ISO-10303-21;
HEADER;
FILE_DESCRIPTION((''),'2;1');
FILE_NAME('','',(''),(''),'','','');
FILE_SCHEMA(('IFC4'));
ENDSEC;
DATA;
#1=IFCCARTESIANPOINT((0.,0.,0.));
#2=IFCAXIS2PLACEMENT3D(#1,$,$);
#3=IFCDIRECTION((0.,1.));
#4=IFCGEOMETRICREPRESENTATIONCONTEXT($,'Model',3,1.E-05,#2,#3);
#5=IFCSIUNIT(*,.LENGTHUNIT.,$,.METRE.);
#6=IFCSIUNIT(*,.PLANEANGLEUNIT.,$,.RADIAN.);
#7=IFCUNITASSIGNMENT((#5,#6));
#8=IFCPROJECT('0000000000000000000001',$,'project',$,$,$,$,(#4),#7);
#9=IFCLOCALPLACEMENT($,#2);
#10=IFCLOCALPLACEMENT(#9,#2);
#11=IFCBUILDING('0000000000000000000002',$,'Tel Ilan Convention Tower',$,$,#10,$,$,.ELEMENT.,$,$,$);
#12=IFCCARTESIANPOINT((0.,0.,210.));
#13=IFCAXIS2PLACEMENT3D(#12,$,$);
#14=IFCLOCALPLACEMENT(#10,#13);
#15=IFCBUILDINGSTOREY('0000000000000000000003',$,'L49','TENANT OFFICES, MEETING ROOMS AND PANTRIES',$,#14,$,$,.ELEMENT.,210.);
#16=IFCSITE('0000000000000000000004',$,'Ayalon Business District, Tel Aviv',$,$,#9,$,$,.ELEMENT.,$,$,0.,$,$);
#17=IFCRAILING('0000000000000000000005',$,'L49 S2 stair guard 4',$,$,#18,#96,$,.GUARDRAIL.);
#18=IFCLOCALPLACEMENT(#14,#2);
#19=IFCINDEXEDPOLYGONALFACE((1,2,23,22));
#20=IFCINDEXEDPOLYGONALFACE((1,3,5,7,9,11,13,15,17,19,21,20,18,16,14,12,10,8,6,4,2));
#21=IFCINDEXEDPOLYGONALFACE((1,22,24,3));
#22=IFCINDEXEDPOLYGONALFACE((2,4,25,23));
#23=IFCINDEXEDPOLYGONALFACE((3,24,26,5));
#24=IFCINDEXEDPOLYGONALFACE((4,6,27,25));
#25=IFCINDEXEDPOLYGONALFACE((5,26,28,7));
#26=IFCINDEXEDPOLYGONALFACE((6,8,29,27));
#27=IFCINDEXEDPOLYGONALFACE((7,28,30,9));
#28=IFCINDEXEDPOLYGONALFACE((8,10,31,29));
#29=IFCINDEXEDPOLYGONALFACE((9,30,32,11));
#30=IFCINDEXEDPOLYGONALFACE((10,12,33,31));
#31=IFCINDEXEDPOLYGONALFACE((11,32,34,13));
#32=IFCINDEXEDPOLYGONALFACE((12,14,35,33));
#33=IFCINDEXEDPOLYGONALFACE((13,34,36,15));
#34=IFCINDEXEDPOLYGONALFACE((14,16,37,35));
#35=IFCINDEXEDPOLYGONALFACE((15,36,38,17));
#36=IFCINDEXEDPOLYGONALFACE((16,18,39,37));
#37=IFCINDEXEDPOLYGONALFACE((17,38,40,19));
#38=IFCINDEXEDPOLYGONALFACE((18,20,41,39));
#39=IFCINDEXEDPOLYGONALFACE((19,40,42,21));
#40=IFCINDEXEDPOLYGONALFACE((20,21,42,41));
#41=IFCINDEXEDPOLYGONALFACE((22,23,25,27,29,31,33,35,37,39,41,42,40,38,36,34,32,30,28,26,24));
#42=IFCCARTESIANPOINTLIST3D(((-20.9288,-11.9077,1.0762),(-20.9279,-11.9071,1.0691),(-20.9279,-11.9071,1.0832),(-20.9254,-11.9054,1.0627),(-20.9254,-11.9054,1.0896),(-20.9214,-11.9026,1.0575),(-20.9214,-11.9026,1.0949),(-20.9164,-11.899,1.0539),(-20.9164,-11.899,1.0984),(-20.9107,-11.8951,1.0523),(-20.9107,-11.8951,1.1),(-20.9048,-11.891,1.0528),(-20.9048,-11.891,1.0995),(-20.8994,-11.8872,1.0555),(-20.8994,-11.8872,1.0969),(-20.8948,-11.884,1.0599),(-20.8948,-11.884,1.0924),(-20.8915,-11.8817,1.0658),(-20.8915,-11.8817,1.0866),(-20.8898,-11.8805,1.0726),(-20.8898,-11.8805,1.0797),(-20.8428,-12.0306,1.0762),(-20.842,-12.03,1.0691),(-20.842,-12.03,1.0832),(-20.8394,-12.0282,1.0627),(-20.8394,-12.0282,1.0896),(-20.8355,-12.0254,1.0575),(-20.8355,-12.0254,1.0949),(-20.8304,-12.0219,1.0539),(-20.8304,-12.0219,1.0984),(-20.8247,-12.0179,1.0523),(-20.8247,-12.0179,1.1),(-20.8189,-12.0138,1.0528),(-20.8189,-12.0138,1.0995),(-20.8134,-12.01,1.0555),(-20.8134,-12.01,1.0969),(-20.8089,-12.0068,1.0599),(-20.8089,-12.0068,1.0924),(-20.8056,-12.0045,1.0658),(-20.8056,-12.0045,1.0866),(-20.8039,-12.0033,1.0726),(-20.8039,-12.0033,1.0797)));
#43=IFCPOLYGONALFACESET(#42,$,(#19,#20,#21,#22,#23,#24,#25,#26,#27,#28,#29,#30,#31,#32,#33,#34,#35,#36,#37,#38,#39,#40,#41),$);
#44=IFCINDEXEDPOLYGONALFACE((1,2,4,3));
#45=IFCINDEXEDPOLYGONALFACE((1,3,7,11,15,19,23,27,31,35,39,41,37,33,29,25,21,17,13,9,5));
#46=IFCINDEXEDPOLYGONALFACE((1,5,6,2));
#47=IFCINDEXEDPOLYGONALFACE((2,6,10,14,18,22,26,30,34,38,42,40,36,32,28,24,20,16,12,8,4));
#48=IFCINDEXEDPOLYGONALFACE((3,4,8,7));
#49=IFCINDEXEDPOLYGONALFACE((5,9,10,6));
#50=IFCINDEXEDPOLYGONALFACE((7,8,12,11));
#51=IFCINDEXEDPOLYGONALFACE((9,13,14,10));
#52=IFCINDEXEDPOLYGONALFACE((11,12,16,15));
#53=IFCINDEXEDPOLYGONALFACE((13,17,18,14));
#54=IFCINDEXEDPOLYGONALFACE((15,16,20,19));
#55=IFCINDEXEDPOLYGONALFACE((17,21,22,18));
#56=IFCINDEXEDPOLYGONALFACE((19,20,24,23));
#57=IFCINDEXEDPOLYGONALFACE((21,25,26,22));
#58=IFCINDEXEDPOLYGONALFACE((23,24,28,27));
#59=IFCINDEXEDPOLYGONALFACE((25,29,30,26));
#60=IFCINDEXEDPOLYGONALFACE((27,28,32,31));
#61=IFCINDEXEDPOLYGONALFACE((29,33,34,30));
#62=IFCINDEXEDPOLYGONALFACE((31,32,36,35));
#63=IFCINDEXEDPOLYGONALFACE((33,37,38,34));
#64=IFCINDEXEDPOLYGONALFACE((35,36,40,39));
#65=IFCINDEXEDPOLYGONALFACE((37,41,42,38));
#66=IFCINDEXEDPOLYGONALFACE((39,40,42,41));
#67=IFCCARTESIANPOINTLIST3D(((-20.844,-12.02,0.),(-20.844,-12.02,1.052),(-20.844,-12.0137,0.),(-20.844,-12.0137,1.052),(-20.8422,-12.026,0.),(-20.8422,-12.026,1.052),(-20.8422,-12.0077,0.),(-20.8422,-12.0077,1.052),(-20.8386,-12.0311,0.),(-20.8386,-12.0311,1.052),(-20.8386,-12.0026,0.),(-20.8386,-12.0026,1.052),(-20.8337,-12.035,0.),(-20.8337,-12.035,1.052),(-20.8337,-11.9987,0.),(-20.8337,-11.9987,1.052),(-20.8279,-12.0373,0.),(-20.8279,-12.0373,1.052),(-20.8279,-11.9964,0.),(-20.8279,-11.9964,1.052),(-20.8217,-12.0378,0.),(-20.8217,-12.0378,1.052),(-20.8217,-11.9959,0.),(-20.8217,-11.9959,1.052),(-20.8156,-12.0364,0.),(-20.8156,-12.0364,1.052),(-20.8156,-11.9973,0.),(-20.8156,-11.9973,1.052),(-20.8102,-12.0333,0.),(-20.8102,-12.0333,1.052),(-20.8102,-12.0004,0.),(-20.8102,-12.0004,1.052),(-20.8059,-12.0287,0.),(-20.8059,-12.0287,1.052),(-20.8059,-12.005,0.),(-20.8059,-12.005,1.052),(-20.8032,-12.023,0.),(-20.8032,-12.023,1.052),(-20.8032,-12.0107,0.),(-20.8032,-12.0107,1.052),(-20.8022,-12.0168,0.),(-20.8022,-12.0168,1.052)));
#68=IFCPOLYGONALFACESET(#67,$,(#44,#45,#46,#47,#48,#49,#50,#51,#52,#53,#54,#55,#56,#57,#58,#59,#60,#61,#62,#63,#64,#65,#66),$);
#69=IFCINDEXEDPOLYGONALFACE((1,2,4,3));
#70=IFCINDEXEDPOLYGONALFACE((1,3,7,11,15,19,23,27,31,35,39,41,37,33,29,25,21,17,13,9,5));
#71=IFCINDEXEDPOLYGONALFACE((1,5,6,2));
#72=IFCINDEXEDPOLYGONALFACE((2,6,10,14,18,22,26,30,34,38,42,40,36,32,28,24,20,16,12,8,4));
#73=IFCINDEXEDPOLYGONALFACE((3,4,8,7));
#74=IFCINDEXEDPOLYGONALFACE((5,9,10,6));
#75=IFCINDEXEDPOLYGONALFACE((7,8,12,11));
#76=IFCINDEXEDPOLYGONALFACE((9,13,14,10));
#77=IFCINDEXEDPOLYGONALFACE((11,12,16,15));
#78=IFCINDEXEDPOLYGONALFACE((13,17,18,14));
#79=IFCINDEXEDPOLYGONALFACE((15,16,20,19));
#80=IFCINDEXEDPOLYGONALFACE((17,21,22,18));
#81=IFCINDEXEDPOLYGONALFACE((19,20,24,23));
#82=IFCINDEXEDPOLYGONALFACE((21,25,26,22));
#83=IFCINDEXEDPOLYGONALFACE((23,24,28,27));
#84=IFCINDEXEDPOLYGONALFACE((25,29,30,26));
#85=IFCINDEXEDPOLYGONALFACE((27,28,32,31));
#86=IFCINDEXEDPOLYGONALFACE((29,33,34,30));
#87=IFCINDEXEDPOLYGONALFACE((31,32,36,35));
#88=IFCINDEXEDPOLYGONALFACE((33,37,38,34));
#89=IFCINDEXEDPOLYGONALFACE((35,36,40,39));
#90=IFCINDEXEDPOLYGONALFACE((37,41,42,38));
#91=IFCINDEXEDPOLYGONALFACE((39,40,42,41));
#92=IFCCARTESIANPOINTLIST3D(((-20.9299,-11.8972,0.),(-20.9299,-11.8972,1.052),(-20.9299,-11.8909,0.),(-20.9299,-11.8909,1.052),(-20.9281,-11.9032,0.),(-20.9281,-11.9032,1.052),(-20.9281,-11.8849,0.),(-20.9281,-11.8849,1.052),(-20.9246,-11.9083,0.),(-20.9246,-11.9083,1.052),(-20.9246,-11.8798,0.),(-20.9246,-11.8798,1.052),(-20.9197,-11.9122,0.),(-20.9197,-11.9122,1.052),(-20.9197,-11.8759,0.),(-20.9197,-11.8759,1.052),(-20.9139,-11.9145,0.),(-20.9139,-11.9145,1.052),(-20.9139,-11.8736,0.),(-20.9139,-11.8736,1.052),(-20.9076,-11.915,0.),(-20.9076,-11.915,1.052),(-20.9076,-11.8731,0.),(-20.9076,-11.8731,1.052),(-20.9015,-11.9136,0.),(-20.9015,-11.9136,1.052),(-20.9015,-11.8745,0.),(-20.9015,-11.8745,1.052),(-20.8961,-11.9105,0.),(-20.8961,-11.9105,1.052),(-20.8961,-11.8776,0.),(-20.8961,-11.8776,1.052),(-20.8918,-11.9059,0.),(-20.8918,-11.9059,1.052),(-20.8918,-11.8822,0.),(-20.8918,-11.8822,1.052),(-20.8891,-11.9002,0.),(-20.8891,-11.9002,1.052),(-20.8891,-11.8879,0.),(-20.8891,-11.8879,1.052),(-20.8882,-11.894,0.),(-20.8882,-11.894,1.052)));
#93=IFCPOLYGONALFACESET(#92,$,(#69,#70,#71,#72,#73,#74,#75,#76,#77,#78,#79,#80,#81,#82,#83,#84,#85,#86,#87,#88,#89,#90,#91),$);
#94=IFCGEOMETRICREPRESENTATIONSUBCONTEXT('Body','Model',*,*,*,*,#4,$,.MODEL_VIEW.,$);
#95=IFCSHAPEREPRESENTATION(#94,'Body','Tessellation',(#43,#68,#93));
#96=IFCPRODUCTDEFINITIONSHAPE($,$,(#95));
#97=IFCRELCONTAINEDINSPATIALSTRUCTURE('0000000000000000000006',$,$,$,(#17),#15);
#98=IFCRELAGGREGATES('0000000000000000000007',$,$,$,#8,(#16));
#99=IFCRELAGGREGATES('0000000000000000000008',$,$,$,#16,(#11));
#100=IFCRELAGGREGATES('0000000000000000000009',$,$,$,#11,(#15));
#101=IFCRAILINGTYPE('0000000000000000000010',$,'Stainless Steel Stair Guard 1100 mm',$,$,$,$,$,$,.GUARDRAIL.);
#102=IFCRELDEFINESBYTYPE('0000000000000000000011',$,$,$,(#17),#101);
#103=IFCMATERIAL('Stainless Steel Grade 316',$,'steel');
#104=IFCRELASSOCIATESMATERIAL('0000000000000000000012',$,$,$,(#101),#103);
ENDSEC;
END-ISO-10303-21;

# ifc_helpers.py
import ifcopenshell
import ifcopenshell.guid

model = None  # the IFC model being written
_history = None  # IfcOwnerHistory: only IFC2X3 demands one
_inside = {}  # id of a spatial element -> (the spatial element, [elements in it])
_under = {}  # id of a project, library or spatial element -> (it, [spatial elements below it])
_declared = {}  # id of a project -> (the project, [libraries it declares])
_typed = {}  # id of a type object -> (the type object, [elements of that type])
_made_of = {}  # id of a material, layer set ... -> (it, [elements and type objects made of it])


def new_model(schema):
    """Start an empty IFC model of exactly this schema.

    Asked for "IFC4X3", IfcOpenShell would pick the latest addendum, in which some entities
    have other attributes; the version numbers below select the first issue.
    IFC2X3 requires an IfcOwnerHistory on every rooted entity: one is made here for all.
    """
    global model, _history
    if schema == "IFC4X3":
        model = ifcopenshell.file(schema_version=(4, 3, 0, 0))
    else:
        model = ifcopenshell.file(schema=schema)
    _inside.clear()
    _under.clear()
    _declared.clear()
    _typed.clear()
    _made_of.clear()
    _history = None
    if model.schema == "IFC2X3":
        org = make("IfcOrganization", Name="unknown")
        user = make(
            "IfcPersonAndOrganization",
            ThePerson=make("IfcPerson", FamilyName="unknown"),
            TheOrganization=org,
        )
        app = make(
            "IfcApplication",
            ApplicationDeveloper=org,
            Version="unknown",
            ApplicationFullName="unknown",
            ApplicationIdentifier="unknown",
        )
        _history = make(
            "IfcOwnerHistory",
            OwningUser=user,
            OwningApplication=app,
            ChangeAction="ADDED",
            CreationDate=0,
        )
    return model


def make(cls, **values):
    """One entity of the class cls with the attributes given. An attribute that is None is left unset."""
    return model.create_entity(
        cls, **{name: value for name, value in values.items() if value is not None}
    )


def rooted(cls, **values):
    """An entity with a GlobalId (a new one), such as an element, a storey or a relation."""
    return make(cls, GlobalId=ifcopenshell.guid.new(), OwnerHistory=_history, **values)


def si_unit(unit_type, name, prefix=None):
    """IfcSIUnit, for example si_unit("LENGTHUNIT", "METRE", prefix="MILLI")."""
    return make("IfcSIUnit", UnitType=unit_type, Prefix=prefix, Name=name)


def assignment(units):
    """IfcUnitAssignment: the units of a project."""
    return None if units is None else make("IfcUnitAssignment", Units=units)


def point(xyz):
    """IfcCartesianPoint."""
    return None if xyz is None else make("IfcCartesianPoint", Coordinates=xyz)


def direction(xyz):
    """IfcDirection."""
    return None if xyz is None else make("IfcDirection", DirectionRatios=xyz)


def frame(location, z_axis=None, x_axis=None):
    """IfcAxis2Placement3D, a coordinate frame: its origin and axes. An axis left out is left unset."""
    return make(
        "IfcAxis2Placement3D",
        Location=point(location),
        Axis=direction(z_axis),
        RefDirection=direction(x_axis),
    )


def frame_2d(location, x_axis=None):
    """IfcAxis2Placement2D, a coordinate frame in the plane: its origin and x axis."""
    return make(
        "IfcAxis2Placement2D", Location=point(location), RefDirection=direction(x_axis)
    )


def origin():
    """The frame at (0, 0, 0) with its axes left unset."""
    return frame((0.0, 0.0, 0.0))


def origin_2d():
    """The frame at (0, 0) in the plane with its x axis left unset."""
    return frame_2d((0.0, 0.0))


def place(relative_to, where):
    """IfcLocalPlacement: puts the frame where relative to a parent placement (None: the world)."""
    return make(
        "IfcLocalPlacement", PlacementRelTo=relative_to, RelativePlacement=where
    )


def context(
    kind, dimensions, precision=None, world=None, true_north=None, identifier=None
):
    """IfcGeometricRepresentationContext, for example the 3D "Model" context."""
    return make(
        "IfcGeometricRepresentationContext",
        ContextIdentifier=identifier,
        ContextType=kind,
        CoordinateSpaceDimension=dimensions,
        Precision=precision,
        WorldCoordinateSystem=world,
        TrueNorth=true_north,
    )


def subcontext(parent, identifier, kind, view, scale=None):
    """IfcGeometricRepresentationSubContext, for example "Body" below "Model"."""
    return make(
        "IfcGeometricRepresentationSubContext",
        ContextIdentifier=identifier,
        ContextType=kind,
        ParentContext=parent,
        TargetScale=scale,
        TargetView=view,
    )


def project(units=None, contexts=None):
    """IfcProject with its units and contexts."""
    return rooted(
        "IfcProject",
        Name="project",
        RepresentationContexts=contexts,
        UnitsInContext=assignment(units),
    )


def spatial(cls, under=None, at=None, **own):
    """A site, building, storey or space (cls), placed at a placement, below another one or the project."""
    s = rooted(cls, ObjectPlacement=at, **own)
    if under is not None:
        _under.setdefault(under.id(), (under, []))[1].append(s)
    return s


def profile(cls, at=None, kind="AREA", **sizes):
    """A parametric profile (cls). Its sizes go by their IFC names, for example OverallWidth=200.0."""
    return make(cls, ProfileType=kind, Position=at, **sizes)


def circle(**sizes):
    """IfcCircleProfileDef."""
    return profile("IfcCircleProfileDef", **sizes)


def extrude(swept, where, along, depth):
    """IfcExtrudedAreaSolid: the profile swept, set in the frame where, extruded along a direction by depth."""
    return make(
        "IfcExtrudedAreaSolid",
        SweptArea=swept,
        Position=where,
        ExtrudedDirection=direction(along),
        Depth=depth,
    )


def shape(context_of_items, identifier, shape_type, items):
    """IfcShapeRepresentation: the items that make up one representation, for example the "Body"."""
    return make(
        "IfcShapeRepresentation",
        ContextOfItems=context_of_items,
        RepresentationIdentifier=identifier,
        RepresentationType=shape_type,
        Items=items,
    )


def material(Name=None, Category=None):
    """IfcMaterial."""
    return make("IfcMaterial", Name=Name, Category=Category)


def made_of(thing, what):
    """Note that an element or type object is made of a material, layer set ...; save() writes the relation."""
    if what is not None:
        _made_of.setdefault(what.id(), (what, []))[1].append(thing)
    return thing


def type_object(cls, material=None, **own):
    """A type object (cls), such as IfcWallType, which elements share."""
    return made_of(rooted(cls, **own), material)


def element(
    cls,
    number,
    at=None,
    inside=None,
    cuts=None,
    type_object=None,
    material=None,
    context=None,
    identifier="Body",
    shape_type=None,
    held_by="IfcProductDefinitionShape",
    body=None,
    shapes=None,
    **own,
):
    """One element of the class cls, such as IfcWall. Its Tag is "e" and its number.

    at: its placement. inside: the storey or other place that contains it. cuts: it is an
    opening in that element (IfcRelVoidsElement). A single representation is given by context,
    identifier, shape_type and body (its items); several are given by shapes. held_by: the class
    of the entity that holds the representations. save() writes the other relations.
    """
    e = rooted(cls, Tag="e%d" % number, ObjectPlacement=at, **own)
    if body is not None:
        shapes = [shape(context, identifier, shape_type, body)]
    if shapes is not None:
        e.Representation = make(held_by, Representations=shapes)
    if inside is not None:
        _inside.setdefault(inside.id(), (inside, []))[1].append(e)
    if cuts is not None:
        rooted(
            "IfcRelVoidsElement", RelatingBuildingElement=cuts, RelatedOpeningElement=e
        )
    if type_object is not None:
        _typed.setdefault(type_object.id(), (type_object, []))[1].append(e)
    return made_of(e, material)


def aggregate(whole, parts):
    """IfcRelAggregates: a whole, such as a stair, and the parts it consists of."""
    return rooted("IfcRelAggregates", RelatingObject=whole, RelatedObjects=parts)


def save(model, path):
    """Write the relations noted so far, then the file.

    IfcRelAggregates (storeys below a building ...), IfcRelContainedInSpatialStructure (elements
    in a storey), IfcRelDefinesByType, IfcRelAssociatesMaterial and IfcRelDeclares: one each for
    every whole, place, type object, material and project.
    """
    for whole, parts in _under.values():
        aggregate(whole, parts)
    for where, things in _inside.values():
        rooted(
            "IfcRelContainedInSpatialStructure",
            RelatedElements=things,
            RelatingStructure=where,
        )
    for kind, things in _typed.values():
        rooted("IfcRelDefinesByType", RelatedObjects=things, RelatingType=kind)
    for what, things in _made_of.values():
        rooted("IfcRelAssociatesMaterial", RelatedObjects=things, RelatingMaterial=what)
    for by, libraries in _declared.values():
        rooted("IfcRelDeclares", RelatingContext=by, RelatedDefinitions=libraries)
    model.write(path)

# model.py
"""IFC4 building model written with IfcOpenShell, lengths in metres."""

from ifc_helpers import new_model, si_unit, direction, frame, origin, origin_2d, place, context, subcontext, project, spatial, circle, extrude, material, type_object, element, save


model = new_model("IFC4")

# Units and contexts
model_context = context("Model", 3, precision=1e-05, world=origin(), true_north=direction((0.0, 1.0)))
body_context = subcontext(model_context, "Body", "Model", "MODEL_VIEW")
ifc_project = project(units=[si_unit("LENGTHUNIT", "METRE"), si_unit("PLANEANGLEUNIT", "RADIAN")], contexts=[model_context])

# Site, building, storey
site_placement = place(None, origin())
site = spatial("IfcSite", under=ifc_project, at=site_placement, Name="Ayalon Business District, Tel Aviv", CompositionType="ELEMENT", RefElevation=0.0)
building_placement = place(site_placement, origin())
building = spatial("IfcBuilding", under=site, at=building_placement, Name="Tel Ilan Convention Tower", CompositionType="ELEMENT")
storey_placement = place(building_placement, frame((0.0, 0.0, 210.0)))
storey = spatial("IfcBuildingStorey", under=building, at=storey_placement, Name="L49", Description="TENANT OFFICES, MEETING ROOMS AND PANTRIES", CompositionType="ELEMENT", Elevation=210.0)

# Railing
ifc_material_1 = material(Name="Stainless Steel Grade 316", Category="steel")
railing_type_1 = type_object("IfcRailingType", Name="Stainless Steel Stair Guard 1100 mm", PredefinedType="GUARDRAIL", material=ifc_material_1)
railing_1_placement = place(storey_placement, frame((-20.8232, -12.0168, 0.0)))
element("IfcRailing", 1, at=railing_1_placement, inside=storey, type_object=railing_type_1, Name="L49 S2 stair guard 4", PredefinedType="GUARDRAIL", context=body_context, shape_type="SweptSolid", body=[
    extrude(circle(Radius=0.0239, at=origin_2d()), frame((0.0, 0.0, 1.0762), z_axis=(-0.573353, 0.819308, 0.0), x_axis=(-0.819308, -0.573353, 0.0)), (0.0, 0.0, 1.0), 0.1499),
    extrude(circle(Radius=0.021, at=origin_2d()), origin(), (0.0, 0.0, 1.0), 1.052),
    extrude(circle(Radius=0.021, at=origin_2d()), frame((-0.0859, 0.1228, 0.0)), (0.0, 0.0, 1.0), 1.052),
])

save(model, "model.ifc")
